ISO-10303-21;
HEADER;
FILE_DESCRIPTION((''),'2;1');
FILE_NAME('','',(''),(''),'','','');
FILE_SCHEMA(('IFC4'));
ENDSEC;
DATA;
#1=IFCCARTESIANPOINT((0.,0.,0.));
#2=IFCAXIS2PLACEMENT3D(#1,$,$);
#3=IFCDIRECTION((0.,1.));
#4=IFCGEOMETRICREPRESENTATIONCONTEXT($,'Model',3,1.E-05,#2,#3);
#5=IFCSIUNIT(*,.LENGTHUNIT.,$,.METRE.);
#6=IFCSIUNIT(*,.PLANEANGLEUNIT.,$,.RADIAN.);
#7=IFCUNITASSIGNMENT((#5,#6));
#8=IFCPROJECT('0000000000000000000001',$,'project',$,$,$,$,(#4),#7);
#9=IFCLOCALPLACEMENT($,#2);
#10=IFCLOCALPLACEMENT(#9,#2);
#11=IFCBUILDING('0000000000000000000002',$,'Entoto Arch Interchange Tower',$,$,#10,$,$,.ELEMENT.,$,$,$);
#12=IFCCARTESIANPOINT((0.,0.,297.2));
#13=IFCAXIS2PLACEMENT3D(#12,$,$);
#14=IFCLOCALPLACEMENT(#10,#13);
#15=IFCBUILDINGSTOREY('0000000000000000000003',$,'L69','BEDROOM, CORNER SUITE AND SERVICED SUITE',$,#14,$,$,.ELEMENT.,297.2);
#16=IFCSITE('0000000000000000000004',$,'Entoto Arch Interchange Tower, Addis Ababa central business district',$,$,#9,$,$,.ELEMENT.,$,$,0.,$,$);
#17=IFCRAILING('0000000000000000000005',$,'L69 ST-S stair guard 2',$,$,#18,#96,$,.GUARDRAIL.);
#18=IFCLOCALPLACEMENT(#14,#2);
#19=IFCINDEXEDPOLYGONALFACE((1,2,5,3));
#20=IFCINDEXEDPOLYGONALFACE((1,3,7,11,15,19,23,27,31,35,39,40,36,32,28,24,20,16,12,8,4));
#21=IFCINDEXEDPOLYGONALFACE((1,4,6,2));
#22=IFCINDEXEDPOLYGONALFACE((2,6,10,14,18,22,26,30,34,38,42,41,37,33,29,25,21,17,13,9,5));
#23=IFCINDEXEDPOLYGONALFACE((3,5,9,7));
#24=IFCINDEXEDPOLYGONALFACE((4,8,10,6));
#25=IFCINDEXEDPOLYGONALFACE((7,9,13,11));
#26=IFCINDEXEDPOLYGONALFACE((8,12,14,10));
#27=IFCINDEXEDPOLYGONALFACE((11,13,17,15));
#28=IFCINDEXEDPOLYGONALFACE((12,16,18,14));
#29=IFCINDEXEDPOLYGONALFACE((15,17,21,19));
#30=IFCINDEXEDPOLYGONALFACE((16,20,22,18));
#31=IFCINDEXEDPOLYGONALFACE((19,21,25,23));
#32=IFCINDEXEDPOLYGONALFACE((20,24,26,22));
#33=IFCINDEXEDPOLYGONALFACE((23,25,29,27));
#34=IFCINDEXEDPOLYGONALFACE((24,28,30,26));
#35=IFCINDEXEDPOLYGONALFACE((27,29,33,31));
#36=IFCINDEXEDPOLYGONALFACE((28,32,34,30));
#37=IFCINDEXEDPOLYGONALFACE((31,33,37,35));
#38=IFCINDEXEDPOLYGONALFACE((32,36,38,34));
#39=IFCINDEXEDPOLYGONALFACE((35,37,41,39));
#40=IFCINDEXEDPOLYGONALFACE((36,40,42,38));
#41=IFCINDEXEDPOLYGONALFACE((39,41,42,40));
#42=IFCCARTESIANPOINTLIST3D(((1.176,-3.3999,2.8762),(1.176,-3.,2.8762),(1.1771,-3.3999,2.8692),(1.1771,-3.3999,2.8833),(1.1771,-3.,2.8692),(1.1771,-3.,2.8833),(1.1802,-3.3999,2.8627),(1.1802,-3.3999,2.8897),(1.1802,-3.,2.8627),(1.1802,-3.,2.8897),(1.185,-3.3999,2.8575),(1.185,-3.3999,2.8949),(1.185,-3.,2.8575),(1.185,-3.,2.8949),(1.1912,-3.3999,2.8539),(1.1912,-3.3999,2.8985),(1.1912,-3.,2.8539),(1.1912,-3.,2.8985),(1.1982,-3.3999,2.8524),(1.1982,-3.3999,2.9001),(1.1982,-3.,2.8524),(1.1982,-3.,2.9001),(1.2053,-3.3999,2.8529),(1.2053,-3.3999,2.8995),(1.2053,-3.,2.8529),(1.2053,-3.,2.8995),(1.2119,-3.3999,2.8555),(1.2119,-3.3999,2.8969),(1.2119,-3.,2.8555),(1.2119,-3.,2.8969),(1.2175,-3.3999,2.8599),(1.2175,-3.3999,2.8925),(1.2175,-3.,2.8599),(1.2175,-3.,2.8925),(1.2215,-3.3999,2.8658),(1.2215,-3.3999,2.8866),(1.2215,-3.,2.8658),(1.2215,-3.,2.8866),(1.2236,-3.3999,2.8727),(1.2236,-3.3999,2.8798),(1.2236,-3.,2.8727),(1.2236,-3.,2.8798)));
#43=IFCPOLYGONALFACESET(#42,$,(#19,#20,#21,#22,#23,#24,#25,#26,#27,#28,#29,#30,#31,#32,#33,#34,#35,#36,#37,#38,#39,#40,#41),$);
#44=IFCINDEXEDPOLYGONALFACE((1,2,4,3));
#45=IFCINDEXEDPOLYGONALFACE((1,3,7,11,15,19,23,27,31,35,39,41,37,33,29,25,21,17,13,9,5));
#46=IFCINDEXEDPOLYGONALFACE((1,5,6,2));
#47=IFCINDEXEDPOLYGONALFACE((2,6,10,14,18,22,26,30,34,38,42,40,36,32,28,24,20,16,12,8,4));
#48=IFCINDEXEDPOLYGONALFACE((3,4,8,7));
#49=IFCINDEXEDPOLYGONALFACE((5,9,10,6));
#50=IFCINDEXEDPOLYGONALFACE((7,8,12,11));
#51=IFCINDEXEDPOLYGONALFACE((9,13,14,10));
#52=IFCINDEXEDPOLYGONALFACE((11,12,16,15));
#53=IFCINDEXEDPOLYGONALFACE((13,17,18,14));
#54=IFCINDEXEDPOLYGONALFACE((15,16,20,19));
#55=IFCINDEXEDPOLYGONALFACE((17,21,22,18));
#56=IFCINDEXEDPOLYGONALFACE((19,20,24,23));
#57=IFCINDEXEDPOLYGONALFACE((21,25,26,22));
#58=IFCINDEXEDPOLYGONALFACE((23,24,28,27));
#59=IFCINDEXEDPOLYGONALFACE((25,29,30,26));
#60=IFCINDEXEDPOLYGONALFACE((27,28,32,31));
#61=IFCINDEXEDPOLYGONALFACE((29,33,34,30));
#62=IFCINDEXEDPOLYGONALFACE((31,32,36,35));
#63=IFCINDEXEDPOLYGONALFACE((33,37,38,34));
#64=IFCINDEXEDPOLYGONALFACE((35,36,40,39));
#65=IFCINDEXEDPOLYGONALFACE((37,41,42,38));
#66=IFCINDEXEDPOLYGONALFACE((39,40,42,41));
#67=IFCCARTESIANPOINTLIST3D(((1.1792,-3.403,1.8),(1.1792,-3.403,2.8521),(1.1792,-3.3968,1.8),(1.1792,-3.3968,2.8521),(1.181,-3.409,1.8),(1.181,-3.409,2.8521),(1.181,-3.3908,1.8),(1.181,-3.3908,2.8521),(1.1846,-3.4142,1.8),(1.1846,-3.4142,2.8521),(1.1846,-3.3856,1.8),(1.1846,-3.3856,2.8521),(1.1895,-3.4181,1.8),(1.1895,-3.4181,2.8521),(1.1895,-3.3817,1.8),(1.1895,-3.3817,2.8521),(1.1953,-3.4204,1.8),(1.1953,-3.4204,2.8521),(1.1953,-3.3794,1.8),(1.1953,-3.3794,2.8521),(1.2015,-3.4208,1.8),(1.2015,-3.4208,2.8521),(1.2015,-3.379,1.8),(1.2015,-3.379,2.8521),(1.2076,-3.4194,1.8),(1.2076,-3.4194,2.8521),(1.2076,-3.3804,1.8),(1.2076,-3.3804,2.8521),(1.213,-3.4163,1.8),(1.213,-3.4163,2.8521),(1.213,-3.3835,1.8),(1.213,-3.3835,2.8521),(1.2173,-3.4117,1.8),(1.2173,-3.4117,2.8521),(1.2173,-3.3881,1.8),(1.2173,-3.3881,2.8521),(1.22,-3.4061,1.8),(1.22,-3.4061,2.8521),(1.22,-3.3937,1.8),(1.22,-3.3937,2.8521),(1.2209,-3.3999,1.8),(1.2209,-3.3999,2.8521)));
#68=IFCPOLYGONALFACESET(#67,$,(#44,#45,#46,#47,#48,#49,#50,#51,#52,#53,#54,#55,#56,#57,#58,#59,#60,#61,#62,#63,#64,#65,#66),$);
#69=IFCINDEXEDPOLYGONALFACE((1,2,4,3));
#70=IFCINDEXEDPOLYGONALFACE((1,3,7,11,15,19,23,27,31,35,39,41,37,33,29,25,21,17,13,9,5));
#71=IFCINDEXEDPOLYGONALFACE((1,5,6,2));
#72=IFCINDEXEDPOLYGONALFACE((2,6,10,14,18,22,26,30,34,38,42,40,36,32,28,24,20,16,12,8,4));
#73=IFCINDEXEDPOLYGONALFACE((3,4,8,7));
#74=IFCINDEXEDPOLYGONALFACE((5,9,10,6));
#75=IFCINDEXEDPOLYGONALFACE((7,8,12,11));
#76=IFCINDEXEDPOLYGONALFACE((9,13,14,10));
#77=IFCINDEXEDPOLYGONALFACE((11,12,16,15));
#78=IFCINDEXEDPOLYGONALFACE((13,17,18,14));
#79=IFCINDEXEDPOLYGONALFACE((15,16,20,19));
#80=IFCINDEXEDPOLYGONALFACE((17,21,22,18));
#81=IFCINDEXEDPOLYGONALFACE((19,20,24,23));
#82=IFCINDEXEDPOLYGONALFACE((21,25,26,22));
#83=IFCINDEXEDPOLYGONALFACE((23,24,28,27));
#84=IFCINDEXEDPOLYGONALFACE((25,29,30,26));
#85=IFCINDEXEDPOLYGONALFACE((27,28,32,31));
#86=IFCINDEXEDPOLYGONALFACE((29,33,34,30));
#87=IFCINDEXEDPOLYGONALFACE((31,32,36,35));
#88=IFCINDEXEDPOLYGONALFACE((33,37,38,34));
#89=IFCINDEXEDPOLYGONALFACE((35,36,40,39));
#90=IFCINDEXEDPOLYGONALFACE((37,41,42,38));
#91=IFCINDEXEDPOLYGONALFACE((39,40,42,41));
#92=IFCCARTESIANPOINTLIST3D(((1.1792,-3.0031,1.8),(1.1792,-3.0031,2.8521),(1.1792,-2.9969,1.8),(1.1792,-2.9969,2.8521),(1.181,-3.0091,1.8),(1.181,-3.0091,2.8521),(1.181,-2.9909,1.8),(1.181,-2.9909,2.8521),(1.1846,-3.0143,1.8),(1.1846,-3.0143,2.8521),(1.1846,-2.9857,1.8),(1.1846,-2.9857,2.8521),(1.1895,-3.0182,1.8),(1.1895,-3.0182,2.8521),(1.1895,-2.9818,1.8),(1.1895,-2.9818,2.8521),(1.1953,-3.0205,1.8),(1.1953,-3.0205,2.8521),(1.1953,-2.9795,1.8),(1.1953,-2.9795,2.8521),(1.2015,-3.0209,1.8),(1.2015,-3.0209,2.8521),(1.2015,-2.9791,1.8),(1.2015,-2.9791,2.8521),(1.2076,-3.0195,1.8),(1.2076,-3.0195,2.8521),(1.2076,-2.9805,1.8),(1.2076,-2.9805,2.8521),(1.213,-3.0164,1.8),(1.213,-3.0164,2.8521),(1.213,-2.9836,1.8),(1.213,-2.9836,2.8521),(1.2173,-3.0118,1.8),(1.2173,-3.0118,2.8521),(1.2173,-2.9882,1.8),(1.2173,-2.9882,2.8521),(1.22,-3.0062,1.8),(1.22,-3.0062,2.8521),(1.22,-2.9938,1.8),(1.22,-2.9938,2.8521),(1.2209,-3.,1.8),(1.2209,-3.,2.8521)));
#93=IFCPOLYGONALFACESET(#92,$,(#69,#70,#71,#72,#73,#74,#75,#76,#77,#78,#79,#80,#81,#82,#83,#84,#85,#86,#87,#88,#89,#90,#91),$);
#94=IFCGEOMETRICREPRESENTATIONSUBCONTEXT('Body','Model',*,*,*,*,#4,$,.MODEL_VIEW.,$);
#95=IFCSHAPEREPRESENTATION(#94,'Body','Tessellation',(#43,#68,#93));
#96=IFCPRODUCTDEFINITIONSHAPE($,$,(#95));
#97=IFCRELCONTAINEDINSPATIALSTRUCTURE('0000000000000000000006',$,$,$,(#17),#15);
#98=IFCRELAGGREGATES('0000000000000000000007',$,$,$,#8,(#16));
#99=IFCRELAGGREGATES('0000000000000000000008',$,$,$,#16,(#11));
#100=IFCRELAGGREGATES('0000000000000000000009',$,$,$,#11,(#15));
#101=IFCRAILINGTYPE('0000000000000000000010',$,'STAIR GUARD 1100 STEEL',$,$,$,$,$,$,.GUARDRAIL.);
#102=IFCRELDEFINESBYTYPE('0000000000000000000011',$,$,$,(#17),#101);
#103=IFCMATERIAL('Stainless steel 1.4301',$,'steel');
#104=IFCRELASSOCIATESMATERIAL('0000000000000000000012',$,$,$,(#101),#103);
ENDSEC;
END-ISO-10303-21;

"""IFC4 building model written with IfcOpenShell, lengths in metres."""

from ifc_helpers import new_model, si_unit, direction, frame, origin, origin_2d, place, context, subcontext, project, spatial, circle, extrude, material, type_object, element, save


model = new_model("IFC4")

# Units and contexts
model_context = context("Model", 3, precision=1e-05, world=origin(), true_north=direction((0.0, 1.0)))
body_context = subcontext(model_context, "Body", "Model", "MODEL_VIEW")
ifc_project = project(units=[si_unit("LENGTHUNIT", "METRE"), si_unit("PLANEANGLEUNIT", "RADIAN")], contexts=[model_context])

# Site, building, storey
site_placement = place(None, origin())
site = spatial("IfcSite", under=ifc_project, at=site_placement, Name="Entoto Arch Interchange Tower, Addis Ababa central business district", CompositionType="ELEMENT", RefElevation=0.0)
building_placement = place(site_placement, origin())
building = spatial("IfcBuilding", under=site, at=building_placement, Name="Entoto Arch Interchange Tower", CompositionType="ELEMENT")
storey_placement = place(building_placement, frame((0.0, 0.0, 297.2)))
storey = spatial("IfcBuildingStorey", under=building, at=storey_placement, Name="L69", Description="BEDROOM, CORNER SUITE AND SERVICED SUITE", CompositionType="ELEMENT", Elevation=297.2)

# Railing
ifc_material_1 = material(Name="Stainless steel 1.4301", Category="steel")
railing_type_1 = type_object("IfcRailingType", Name="STAIR GUARD 1100 STEEL", PredefinedType="GUARDRAIL", material=ifc_material_1)
railing_1_placement = place(storey_placement, frame((1.2, -3.3999, 1.8)))
element("IfcRailing", 1, at=railing_1_placement, inside=storey, type_object=railing_type_1, Name="L69 ST-S stair guard 2", PredefinedType="GUARDRAIL", context=body_context, shape_type="SweptSolid", body=[
    extrude(circle(Radius=0.0239, at=origin_2d()), frame((0.0, 0.0, 1.0762), z_axis=(0.0, 1.0, 0.0), x_axis=(-1.0, 0.0, 0.0)), (0.0, 0.0, 1.0), 0.3999),
    extrude(circle(Radius=0.021, at=origin_2d()), origin(), (0.0, 0.0, 1.0), 1.052),
    extrude(circle(Radius=0.021, at=origin_2d()), frame((0.0, 0.3999, 0.0)), (0.0, 0.0, 1.0), 1.052),
])

save(model, "model.ifc")
